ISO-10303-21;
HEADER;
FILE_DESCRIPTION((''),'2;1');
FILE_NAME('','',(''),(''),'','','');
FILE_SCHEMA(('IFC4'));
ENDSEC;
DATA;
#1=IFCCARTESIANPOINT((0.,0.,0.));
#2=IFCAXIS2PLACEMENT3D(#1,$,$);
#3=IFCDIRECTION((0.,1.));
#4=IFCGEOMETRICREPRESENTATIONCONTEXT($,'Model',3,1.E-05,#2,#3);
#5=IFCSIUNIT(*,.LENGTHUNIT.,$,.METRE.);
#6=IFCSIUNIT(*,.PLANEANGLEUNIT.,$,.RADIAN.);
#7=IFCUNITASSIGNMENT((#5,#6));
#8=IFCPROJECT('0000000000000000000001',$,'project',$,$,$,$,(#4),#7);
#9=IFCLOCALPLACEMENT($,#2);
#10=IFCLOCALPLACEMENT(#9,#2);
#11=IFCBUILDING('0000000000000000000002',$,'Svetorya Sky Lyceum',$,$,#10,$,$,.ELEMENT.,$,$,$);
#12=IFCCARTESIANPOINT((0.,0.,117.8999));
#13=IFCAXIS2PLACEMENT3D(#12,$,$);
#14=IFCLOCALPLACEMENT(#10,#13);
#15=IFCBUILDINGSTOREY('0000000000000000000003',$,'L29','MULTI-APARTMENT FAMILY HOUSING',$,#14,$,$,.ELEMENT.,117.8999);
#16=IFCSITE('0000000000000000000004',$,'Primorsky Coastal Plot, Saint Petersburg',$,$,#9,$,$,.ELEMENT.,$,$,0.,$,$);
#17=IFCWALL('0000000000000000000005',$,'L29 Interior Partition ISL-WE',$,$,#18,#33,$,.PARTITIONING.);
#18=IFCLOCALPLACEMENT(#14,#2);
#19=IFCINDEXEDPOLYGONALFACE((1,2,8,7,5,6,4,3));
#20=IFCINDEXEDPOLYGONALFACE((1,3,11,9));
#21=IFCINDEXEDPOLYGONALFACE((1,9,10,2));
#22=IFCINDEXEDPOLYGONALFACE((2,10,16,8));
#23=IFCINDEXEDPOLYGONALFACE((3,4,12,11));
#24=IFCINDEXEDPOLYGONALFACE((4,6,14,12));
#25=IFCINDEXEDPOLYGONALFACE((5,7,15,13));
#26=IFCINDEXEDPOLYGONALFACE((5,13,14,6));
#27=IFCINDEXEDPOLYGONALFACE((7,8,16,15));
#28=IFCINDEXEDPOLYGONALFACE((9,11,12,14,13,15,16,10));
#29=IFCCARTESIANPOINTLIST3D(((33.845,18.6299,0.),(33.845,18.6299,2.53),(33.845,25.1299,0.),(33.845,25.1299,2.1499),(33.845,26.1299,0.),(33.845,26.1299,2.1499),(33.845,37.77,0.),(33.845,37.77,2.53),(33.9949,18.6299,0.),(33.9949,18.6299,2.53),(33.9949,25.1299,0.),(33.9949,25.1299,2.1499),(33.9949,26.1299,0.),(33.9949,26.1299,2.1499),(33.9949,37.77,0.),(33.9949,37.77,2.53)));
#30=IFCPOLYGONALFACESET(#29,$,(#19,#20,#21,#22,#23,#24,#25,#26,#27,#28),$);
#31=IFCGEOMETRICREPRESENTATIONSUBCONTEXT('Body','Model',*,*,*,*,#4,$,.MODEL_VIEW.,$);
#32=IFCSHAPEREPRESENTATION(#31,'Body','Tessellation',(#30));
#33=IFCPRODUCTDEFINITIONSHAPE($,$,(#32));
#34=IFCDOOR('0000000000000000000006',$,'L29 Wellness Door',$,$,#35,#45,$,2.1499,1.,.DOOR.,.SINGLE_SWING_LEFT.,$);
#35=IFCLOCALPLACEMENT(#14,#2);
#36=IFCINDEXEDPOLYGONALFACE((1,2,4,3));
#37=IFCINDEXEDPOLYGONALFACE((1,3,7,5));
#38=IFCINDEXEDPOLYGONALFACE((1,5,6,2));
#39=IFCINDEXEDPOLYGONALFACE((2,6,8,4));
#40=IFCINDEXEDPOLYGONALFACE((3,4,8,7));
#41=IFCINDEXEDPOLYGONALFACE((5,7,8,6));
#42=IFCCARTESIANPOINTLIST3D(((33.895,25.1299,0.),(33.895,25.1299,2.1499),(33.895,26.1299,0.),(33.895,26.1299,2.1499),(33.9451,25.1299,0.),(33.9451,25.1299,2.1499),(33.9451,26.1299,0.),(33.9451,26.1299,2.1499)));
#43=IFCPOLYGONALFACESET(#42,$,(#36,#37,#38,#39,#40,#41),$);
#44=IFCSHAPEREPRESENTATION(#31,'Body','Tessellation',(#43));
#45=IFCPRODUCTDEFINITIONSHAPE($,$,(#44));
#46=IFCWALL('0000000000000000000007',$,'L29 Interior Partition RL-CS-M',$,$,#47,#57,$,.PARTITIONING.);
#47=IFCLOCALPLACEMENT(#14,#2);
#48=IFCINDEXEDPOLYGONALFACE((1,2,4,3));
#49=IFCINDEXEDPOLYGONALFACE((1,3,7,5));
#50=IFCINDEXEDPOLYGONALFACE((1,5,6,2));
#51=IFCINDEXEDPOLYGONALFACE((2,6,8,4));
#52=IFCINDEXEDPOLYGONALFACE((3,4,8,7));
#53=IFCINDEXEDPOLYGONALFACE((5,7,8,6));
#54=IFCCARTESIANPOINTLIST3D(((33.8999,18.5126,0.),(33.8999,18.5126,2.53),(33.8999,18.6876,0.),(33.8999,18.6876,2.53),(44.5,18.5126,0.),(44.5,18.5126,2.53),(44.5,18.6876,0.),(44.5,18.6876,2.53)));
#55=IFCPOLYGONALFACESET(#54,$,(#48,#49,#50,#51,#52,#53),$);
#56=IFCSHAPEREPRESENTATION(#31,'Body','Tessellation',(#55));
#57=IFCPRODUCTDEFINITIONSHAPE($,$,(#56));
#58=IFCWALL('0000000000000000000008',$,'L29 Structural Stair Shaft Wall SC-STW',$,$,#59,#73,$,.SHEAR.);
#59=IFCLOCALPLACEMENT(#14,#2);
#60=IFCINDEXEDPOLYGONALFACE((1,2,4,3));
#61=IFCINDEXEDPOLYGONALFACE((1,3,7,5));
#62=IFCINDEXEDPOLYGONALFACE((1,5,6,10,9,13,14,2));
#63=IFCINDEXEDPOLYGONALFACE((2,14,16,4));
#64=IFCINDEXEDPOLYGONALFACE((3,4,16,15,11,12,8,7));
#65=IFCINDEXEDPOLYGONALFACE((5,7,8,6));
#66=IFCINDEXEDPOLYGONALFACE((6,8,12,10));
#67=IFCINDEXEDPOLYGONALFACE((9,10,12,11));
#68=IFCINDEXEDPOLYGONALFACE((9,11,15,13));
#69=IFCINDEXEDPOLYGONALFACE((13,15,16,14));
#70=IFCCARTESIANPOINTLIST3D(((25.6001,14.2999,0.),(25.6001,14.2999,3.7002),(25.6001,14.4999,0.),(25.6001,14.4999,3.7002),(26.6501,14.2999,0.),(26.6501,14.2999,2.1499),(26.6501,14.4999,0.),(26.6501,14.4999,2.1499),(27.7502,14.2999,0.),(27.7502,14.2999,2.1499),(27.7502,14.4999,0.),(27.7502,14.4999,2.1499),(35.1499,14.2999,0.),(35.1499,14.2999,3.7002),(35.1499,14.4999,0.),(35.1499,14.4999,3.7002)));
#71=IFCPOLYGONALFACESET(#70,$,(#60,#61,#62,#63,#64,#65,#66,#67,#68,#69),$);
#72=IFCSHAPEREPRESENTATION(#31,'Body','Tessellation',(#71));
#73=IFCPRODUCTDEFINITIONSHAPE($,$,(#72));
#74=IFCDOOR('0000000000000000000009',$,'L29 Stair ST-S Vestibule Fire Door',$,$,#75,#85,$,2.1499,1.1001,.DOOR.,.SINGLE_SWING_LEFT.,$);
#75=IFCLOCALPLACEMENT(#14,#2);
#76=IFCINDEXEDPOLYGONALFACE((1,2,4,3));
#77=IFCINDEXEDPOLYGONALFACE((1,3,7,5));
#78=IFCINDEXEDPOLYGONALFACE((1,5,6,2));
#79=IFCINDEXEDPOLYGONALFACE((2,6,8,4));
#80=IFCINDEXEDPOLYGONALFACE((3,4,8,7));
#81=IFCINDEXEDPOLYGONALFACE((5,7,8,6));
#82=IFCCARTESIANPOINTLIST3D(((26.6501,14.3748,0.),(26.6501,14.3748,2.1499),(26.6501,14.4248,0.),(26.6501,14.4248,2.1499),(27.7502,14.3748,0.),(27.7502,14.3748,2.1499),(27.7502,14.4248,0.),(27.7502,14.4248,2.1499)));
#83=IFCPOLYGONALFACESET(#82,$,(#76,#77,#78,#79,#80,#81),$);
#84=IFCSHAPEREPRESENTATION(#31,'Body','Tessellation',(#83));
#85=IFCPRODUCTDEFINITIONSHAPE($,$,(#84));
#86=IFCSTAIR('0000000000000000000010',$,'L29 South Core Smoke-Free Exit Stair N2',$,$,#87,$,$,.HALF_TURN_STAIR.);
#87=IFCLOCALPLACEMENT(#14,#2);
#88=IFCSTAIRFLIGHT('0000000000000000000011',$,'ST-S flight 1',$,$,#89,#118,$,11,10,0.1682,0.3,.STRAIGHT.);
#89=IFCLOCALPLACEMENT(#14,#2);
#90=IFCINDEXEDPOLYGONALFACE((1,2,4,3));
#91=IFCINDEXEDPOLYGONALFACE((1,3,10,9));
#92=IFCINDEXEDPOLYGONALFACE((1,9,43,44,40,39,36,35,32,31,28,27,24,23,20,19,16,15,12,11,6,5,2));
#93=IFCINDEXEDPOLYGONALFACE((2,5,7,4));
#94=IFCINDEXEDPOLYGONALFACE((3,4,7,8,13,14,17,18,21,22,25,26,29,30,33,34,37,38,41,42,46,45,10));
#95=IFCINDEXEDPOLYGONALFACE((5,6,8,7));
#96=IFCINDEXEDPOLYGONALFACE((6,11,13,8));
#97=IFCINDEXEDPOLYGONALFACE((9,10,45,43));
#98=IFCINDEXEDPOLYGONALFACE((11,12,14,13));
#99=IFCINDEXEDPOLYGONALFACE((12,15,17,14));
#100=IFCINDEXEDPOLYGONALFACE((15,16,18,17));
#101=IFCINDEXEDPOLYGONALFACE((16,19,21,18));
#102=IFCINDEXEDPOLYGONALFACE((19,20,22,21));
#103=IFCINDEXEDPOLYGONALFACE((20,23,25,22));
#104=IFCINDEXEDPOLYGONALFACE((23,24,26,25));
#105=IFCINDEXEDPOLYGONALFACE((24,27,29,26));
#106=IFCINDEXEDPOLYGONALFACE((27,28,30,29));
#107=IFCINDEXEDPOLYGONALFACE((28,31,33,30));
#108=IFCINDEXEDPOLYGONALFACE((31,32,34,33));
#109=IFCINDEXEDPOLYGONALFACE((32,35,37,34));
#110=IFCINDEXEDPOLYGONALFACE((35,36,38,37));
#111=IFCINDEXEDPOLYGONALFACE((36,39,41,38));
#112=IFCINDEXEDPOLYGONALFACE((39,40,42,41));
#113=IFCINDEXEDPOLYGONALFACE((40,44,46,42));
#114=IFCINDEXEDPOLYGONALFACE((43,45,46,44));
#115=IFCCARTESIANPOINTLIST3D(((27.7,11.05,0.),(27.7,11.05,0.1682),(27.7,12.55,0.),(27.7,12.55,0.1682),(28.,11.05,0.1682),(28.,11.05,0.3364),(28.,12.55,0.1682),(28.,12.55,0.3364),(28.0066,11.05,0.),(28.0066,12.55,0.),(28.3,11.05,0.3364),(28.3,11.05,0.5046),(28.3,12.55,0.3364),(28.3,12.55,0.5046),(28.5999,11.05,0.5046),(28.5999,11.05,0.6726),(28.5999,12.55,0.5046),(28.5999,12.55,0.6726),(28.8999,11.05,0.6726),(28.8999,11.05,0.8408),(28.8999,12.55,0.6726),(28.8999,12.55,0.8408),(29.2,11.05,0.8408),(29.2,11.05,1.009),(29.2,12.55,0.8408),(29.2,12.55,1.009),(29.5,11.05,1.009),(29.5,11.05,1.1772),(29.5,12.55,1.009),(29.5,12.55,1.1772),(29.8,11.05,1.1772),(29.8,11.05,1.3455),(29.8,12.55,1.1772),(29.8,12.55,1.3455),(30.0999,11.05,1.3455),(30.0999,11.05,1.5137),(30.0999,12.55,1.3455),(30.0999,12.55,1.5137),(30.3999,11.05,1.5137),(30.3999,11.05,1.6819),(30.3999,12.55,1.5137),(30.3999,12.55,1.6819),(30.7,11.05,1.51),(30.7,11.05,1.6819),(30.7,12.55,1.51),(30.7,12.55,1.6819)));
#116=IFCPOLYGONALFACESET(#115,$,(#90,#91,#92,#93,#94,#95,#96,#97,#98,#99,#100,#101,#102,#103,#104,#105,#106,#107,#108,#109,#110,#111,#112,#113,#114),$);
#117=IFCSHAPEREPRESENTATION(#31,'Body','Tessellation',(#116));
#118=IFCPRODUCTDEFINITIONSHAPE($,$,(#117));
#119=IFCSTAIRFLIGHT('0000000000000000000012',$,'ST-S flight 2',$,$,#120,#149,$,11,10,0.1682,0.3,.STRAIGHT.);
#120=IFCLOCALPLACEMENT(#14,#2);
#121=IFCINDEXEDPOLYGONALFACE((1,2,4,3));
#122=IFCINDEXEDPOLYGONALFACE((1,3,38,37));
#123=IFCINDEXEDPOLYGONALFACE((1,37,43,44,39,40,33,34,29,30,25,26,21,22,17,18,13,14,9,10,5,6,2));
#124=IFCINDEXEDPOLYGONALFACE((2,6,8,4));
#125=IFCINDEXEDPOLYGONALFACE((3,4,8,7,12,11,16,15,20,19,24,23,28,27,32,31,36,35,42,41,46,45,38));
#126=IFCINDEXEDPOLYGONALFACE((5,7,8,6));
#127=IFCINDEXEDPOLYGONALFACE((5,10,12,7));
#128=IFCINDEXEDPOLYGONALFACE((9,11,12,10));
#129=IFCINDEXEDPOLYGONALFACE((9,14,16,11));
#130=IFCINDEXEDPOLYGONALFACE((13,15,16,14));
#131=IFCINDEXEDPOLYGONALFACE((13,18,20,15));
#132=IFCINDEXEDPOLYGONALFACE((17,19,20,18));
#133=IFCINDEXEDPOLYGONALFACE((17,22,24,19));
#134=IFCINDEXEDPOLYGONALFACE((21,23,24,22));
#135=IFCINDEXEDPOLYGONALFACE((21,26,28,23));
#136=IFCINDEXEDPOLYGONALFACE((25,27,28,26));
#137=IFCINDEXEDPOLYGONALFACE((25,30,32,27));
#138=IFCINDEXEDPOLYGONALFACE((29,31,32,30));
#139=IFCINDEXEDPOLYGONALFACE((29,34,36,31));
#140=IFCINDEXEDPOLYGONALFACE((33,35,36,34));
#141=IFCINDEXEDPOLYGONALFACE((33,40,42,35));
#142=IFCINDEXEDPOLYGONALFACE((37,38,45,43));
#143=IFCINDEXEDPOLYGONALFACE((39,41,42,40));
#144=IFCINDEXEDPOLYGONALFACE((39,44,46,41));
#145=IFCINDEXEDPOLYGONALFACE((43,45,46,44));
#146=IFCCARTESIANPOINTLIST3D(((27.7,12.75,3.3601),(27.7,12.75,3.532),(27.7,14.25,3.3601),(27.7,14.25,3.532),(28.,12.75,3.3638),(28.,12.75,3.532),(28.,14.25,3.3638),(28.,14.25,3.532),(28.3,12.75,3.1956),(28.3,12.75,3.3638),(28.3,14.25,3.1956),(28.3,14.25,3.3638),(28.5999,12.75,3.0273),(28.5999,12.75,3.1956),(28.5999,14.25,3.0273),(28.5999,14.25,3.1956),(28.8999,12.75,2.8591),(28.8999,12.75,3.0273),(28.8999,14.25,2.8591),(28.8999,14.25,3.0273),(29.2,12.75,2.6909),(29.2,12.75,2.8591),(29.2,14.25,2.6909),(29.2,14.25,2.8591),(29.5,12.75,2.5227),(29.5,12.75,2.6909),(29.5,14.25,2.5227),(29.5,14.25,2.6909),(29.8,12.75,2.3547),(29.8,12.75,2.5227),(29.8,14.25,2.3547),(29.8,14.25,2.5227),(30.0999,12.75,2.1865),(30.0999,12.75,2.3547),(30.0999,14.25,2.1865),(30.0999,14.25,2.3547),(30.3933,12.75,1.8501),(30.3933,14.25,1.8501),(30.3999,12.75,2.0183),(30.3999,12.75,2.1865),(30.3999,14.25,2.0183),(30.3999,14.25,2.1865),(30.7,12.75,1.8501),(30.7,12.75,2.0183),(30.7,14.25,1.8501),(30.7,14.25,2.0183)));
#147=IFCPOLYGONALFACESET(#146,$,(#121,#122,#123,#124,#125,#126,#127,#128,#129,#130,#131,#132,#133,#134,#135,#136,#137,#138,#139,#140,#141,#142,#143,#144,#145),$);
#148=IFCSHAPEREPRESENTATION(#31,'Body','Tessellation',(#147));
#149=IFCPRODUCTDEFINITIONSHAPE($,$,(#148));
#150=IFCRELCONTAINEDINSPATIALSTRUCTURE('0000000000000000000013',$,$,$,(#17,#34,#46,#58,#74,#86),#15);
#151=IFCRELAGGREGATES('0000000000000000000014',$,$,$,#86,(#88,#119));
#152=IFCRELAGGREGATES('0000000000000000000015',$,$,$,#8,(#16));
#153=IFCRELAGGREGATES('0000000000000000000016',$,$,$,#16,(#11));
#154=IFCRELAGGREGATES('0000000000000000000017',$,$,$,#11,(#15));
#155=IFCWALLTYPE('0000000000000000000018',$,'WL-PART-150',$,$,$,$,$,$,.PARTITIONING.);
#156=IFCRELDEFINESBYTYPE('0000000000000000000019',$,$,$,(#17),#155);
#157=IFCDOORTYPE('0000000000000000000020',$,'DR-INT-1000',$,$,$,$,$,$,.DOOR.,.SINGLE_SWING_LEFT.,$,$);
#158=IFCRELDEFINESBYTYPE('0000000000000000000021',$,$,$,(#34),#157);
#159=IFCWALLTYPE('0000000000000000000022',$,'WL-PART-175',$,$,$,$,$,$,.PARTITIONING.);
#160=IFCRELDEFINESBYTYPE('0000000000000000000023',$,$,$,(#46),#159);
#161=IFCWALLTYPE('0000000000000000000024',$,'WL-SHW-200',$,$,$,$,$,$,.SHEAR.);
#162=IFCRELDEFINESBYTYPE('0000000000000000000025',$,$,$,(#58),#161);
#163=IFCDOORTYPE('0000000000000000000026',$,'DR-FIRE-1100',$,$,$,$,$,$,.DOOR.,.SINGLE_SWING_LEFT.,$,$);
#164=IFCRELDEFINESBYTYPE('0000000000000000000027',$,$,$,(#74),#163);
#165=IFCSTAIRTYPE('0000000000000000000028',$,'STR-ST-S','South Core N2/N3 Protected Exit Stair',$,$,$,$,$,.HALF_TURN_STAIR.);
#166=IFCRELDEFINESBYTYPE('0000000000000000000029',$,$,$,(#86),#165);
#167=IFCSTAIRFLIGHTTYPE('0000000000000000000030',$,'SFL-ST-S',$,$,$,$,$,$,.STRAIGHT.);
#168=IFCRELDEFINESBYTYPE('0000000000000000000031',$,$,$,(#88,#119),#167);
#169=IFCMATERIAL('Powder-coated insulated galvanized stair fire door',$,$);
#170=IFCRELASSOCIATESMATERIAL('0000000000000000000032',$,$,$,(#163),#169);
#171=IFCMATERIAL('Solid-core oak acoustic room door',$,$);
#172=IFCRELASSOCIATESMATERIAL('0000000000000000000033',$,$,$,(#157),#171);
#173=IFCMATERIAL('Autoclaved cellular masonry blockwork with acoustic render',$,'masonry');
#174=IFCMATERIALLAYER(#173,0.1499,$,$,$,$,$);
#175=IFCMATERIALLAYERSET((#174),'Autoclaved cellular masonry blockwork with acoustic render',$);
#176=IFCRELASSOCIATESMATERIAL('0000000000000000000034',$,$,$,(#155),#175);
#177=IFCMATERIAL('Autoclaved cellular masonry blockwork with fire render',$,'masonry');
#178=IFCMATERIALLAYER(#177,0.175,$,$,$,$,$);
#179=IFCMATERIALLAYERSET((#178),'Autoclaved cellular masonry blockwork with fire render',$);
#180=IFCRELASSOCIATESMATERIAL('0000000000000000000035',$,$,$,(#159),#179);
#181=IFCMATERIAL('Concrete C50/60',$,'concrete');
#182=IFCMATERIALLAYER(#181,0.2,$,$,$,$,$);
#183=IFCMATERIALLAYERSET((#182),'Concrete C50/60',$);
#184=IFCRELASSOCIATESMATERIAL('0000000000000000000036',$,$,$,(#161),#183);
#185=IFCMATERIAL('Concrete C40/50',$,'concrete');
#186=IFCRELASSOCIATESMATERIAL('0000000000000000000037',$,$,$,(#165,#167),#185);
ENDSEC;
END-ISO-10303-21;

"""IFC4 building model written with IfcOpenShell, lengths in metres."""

from ifc_helpers import new_model, si_unit, direction, frame, frame_2d, origin, place, context, subcontext, project, spatial, polyline, rectangle, outline, extrude, material, layer, layer_set, type_object, element, fill, aggregate, save


model = new_model("IFC4")

# Units and contexts
model_context = context("Model", 3, precision=1e-05, world=origin(), true_north=direction((0.0, 1.0)))
body_context = subcontext(model_context, "Body", "Model", "MODEL_VIEW")
ifc_project = project(units=[si_unit("LENGTHUNIT", "METRE"), si_unit("PLANEANGLEUNIT", "RADIAN")], contexts=[model_context])

# Site, building, storey
site_placement = place(None, origin())
site = spatial("IfcSite", under=ifc_project, at=site_placement, Name="Primorsky Coastal Plot, Saint Petersburg", CompositionType="ELEMENT", RefElevation=0.0)
building_placement = place(site_placement, origin())
building = spatial("IfcBuilding", under=site, at=building_placement, Name="Svetorya Sky Lyceum", CompositionType="ELEMENT")
storey_placement = place(building_placement, frame((0.0, 0.0, 117.8999)))
storey = spatial("IfcBuildingStorey", under=building, at=storey_placement, Name="L29", Description="MULTI-APARTMENT FAMILY HOUSING", CompositionType="ELEMENT", Elevation=117.8999)

# Shared definitions
ifc_material_1 = material(Name="Concrete C50/60", Category="concrete")

# Shared definitions
ifc_material_2 = material(Name="Concrete C40/50", Category="concrete")

# Shared definitions
ifc_material_3 = material(Name="Powder-coated insulated galvanized stair fire door")
door_type_1 = type_object("IfcDoorType", Name="DR-FIRE-1100", OperationType="SINGLE_SWING_LEFT", PredefinedType="DOOR", material=ifc_material_3)
ifc_material_4 = material(Name="Solid-core oak acoustic room door")
door_type_2 = type_object("IfcDoorType", Name="DR-INT-1000", OperationType="SINGLE_SWING_LEFT", PredefinedType="DOOR", material=ifc_material_4)

# Wall, opening, door
ifc_material_5 = material(Name="Autoclaved cellular masonry blockwork with acoustic render", Category="masonry")
ifc_layer_1 = layer(ifc_material_5, 0.1499)
ifc_layer_set_1 = layer_set([ifc_layer_1], Name="Autoclaved cellular masonry blockwork with acoustic render")
wall_type_1 = type_object("IfcWallType", Name="WL-PART-150", PredefinedType="PARTITIONING", material=ifc_layer_set_1)
wall_1_placement = place(storey_placement, frame((33.9199, 18.6299, 0.0), z_axis=(0.0, 0.0, 1.0), x_axis=(0.0, 1.0, 0.0)))
wall_1 = element("IfcWall", 1, at=wall_1_placement, inside=storey, type_object=wall_type_1, Name="L29 Interior Partition ISL-WE", PredefinedType="PARTITIONING", context=body_context, shape_type="SweptSolid", body=[
    extrude(rectangle(XDim=19.1401, YDim=0.1499, at=frame_2d((9.5701, 0.0))), origin(), (0.0, 0.0, 1.0), 2.53),
])
opening_1_placement = place(wall_1_placement, frame((6.5, 0.0, 0.0)))
opening_1 = element("IfcOpeningElement", 2, at=opening_1_placement, cuts=wall_1, PredefinedType="OPENING", context=body_context, shape_type="SweptSolid", body=[
    extrude(rectangle(XDim=1.0, YDim=2.1499, at=frame_2d((0.5, 1.075))), frame((0.0, 0.085, 0.0), z_axis=(0.0, -1.0, 0.0), x_axis=(1.0, 0.0, 0.0)), (0.0, 0.0, 1.0), 0.1699),
])
door_1_placement = place(opening_1_placement, origin())
door_1 = element("IfcDoor", 3, at=door_1_placement, inside=storey, type_object=door_type_2, Name="L29 Wellness Door", OperationType="SINGLE_SWING_LEFT", OverallHeight=2.1499, OverallWidth=1.0, PredefinedType="DOOR", context=body_context, shape_type="SweptSolid", body=[
    extrude(rectangle(XDim=1.0, YDim=2.1499, at=frame_2d((0.5, 1.075))), frame((0.0, 0.0249, 0.0), z_axis=(0.0, -1.0, 0.0), x_axis=(1.0, 0.0, 0.0)), (0.0, 0.0, 1.0), 0.05),
])
fill(opening_1, door_1)

# Wall
ifc_material_6 = material(Name="Autoclaved cellular masonry blockwork with fire render", Category="masonry")
ifc_layer_2 = layer(ifc_material_6, 0.175)
ifc_layer_set_2 = layer_set([ifc_layer_2], Name="Autoclaved cellular masonry blockwork with fire render")
wall_type_2 = type_object("IfcWallType", Name="WL-PART-175", PredefinedType="PARTITIONING", material=ifc_layer_set_2)
wall_2_placement = place(storey_placement, frame((33.8999, 18.6001, 0.0), z_axis=(0.0, 0.0, 1.0), x_axis=(1.0, 0.0, 0.0)))
element("IfcWall", 4, at=wall_2_placement, inside=storey, type_object=wall_type_2, Name="L29 Interior Partition RL-CS-M", PredefinedType="PARTITIONING", context=body_context, shape_type="SweptSolid", body=[
    extrude(rectangle(XDim=10.6001, YDim=0.175, at=frame_2d((5.3, 0.0))), origin(), (0.0, 0.0, 1.0), 2.53),
])

# Wall, opening, door
ifc_layer_3 = layer(ifc_material_1, 0.2)
ifc_layer_set_3 = layer_set([ifc_layer_3], Name="Concrete C50/60")
wall_type_3 = type_object("IfcWallType", Name="WL-SHW-200", PredefinedType="SHEAR", material=ifc_layer_set_3)
wall_3_placement = place(storey_placement, frame((25.6001, 14.3999, 0.0), z_axis=(0.0, 0.0, 1.0), x_axis=(1.0, 0.0, 0.0)))
wall_3 = element("IfcWall", 5, at=wall_3_placement, inside=storey, type_object=wall_type_3, Name="L29 Structural Stair Shaft Wall SC-STW", PredefinedType="SHEAR", context=body_context, shape_type="SweptSolid", body=[
    extrude(rectangle(XDim=9.5498, YDim=0.2, at=frame_2d((4.7749, 0.0))), origin(), (0.0, 0.0, 1.0), 3.7002),
])
opening_2_placement = place(wall_3_placement, frame((1.05, 0.0, 0.0)))
opening_2 = element("IfcOpeningElement", 6, at=opening_2_placement, cuts=wall_3, PredefinedType="OPENING", context=body_context, shape_type="SweptSolid", body=[
    extrude(rectangle(XDim=1.1001, YDim=2.1499, at=frame_2d((0.55, 1.075))), frame((0.0, 0.1099, 0.0), z_axis=(0.0, -1.0, 0.0), x_axis=(1.0, 0.0, 0.0)), (0.0, 0.0, 1.0), 0.22),
])
door_2_placement = place(opening_2_placement, origin())
door_2 = element("IfcDoor", 7, at=door_2_placement, inside=storey, type_object=door_type_1, Name="L29 Stair ST-S Vestibule Fire Door", OperationType="SINGLE_SWING_LEFT", OverallHeight=2.1499, OverallWidth=1.1001, PredefinedType="DOOR", context=body_context, shape_type="SweptSolid", body=[
    extrude(rectangle(XDim=1.1001, YDim=2.1499, at=frame_2d((0.55, 1.075))), frame((0.0, 0.0249, 0.0), z_axis=(0.0, -1.0, 0.0), x_axis=(1.0, 0.0, 0.0)), (0.0, 0.0, 1.0), 0.05),
])
fill(opening_2, door_2)

# Stair, stair flights
stair_type = type_object("IfcStairType", Name="STR-ST-S", Description="South Core N2/N3 Protected Exit Stair", PredefinedType="HALF_TURN_STAIR", material=ifc_material_2)
stair_placement = place(storey_placement, origin())
stair = element("IfcStair", 8, at=stair_placement, inside=storey, type_object=stair_type, Name="L29 South Core Smoke-Free Exit Stair N2", PredefinedType="HALF_TURN_STAIR")
stair_flight_type = type_object("IfcStairFlightType", Name="SFL-ST-S", PredefinedType="STRAIGHT", material=ifc_material_2)
stair_flight_1_placement = place(storey_placement, frame((27.7, 11.8, 0.0), z_axis=(0.0, 0.0, 1.0), x_axis=(1.0, 0.0, 0.0)))
stair_flight_1 = element("IfcStairFlight", 9, at=stair_flight_1_placement, type_object=stair_flight_type, Name="ST-S flight 1", NumberOfRisers=11, NumberOfTreads=10, PredefinedType="STRAIGHT", RiserHeight=0.1682, TreadLength=0.3, context=body_context, shape_type="SweptSolid", body=[
    extrude(outline(polyline([(0.0, 0.0), (0.0, 0.1682), (0.3, 0.1682), (0.3, 0.3364), (0.6001, 0.3364), (0.6001, 0.5046), (0.8999, 0.5046), (0.8999, 0.6726), (1.2, 0.6726), (1.2, 0.8408), (1.5, 0.8408), (1.5, 1.009), (1.8, 1.009), (1.8, 1.1772), (2.1001, 1.1772), (2.1001, 1.3455), (2.3999, 1.3455), (2.3999, 1.5137), (2.7, 1.5137), (2.7, 1.6819), (3.0, 1.6819), (3.0, 1.8501), (3.0, 1.51), (0.3066, 0.0), (0.0, 0.0)])), frame((0.0, 0.75, 0.0), z_axis=(0.0, -1.0, 0.0), x_axis=(1.0, 0.0, 0.0)), (0.0, 0.0, 1.0), 1.5),
])
stair_flight_2_placement = place(storey_placement, frame((30.7, 13.5, 1.8501), z_axis=(0.0, 0.0, 1.0), x_axis=(-1.0, 0.0, 0.0)))
stair_flight_2 = element("IfcStairFlight", 10, at=stair_flight_2_placement, type_object=stair_flight_type, Name="ST-S flight 2", NumberOfRisers=11, NumberOfTreads=10, PredefinedType="STRAIGHT", RiserHeight=0.1682, TreadLength=0.3, context=body_context, shape_type="SweptSolid", body=[
    extrude(outline(polyline([(0.0, 0.0), (0.0, 0.1682), (0.3, 0.1682), (0.3, 0.3364), (0.6001, 0.3364), (0.6001, 0.5046), (0.8999, 0.5046), (0.8999, 0.6726), (1.2, 0.6726), (1.2, 0.8408), (1.5, 0.8408), (1.5, 1.009), (1.8, 1.009), (1.8, 1.1772), (2.1001, 1.1772), (2.1001, 1.3455), (2.3999, 1.3455), (2.3999, 1.5137), (2.7, 1.5137), (2.7, 1.6819), (3.0, 1.6819), (3.0, 1.8501), (3.0, 1.51), (0.3066, 0.0), (0.0, 0.0)])), frame((0.0, 0.75, 0.0), z_axis=(0.0, -1.0, 0.0), x_axis=(1.0, 0.0, 0.0)), (0.0, 0.0, 1.0), 1.5),
])
aggregate(stair, [stair_flight_1, stair_flight_2])

save(model, "model.ifc")
